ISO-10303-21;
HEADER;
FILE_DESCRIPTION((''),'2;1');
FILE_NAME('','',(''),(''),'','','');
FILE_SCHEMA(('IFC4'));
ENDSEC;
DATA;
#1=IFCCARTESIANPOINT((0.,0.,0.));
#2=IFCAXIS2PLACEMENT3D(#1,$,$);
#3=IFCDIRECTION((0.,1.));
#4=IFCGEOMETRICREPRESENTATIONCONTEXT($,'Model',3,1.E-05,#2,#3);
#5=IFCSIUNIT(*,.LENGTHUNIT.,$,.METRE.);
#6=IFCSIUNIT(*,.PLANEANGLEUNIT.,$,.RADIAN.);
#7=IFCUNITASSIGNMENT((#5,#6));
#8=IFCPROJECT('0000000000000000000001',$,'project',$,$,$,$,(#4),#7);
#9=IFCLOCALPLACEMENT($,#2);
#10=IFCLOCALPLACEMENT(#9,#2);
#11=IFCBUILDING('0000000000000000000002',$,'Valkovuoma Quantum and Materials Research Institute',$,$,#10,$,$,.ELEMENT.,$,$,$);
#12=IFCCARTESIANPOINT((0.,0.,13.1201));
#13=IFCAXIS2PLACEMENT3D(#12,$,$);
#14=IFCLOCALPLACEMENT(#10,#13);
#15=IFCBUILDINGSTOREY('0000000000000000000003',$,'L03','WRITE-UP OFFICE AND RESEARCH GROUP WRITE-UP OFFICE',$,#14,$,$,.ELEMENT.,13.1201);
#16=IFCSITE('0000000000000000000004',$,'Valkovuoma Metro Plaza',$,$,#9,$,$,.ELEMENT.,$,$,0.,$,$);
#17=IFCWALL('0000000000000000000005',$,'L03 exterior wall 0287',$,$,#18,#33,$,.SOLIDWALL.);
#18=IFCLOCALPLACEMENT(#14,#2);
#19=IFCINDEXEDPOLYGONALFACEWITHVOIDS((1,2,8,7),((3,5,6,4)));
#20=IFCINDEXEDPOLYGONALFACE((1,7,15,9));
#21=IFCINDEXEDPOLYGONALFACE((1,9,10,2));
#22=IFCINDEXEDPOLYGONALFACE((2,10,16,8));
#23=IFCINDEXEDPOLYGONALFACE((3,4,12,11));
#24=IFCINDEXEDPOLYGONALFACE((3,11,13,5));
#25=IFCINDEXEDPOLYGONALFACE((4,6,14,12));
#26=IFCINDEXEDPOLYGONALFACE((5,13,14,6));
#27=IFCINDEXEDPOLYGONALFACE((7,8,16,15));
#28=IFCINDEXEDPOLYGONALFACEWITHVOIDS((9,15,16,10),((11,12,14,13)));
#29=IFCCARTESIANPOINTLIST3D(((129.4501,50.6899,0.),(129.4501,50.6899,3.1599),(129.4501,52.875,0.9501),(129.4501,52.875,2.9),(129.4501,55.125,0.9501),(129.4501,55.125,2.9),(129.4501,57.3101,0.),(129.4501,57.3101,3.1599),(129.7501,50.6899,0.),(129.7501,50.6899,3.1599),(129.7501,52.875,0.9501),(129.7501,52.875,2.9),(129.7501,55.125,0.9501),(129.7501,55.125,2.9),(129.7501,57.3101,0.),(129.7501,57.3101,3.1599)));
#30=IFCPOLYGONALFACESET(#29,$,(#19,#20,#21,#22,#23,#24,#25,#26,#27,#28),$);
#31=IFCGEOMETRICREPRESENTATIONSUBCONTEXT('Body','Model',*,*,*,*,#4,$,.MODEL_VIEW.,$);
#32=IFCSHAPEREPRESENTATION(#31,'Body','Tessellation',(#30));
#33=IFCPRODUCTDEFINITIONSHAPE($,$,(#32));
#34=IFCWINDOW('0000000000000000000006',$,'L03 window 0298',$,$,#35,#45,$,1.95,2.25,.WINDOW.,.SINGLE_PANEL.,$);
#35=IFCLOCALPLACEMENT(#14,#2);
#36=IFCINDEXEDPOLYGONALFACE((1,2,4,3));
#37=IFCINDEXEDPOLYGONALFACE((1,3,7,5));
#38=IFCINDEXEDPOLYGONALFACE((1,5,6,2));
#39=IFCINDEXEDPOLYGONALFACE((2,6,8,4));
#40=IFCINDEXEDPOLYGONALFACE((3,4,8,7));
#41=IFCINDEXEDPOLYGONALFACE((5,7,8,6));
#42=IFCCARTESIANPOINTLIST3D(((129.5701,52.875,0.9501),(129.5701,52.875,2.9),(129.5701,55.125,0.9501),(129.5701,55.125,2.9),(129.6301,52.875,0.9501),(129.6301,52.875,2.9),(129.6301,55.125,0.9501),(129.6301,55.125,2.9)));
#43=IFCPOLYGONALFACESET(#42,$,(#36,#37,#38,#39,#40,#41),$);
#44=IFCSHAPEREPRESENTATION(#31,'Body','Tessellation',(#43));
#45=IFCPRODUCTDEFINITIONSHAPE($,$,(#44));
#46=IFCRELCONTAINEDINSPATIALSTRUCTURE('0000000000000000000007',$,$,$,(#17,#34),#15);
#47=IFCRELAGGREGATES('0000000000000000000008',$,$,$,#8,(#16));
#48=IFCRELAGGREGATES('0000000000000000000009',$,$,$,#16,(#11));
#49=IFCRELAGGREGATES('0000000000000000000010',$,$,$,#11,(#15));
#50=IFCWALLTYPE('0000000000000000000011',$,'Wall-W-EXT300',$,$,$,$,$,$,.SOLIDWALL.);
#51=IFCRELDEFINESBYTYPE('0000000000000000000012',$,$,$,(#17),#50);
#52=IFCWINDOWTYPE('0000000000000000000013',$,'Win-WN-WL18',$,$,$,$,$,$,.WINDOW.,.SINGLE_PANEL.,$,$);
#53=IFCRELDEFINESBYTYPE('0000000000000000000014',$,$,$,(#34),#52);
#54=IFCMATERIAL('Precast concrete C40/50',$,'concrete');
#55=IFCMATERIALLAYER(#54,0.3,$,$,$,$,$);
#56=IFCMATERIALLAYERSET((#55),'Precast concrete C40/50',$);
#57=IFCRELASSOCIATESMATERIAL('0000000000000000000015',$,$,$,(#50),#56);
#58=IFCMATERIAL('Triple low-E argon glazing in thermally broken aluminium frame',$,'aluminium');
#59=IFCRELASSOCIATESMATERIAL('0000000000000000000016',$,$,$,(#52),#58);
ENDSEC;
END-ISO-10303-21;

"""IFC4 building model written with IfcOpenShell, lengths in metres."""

from ifc_helpers import new_model, si_unit, direction, frame, frame_2d, origin, place, context, subcontext, project, spatial, rectangle, extrude, material, layer, layer_set, type_object, element, fill, save


model = new_model("IFC4")

# Units and contexts
model_context = context("Model", 3, precision=1e-05, world=origin(), true_north=direction((0.0, 1.0)))
body_context = subcontext(model_context, "Body", "Model", "MODEL_VIEW")
ifc_project = project(units=[si_unit("LENGTHUNIT", "METRE"), si_unit("PLANEANGLEUNIT", "RADIAN")], contexts=[model_context])

# Site, building, storey
site_placement = place(None, origin())
site = spatial("IfcSite", under=ifc_project, at=site_placement, Name="Valkovuoma Metro Plaza", CompositionType="ELEMENT", RefElevation=0.0)
building_placement = place(site_placement, origin())
building = spatial("IfcBuilding", under=site, at=building_placement, Name="Valkovuoma Quantum and Materials Research Institute", CompositionType="ELEMENT")
storey_placement = place(building_placement, frame((0.0, 0.0, 13.1201)))
storey = spatial("IfcBuildingStorey", under=building, at=storey_placement, Name="L03", Description="WRITE-UP OFFICE AND RESEARCH GROUP WRITE-UP OFFICE", CompositionType="ELEMENT", Elevation=13.1201)

# Wall, opening, window
ifc_material_1 = material(Name="Precast concrete C40/50", Category="concrete")
ifc_layer = layer(ifc_material_1, 0.3)
ifc_layer_set = layer_set([ifc_layer], Name="Precast concrete C40/50")
wall_type = type_object("IfcWallType", Name="Wall-W-EXT300", PredefinedType="SOLIDWALL", material=ifc_layer_set)
wall_1_placement = place(storey_placement, frame((129.6001, 50.6899, 0.0), z_axis=(0.0, 0.0, 1.0), x_axis=(0.0, 1.0, 0.0)))
wall_1 = element("IfcWall", 1, at=wall_1_placement, inside=storey, type_object=wall_type, Name="L03 exterior wall 0287", PredefinedType="SOLIDWALL", context=body_context, shape_type="SweptSolid", body=[
    extrude(rectangle(XDim=6.6201, YDim=0.3, at=frame_2d((3.3101, 0.0))), origin(), (0.0, 0.0, 1.0), 3.1599),
])
opening_1_placement = place(wall_1_placement, frame((2.1851, 0.0, 0.95)))
opening_1 = element("IfcOpeningElement", 2, at=opening_1_placement, cuts=wall_1, PredefinedType="OPENING", context=body_context, shape_type="SweptSolid", body=[
    extrude(rectangle(XDim=2.25, YDim=1.95, at=frame_2d((1.125, 0.9751))), frame((0.0, 0.1602, 0.0), z_axis=(0.0, -1.0, 0.0), x_axis=(1.0, 0.0, 0.0)), (0.0, 0.0, 1.0), 0.3201),
])
ifc_material_2 = material(Name="Triple low-E argon glazing in thermally broken aluminium frame", Category="aluminium")
window_type_1 = type_object("IfcWindowType", Name="Win-WN-WL18", PartitioningType="SINGLE_PANEL", PredefinedType="WINDOW", material=ifc_material_2)
window_1_placement = place(opening_1_placement, origin())
window_1 = element("IfcWindow", 3, at=window_1_placement, inside=storey, type_object=window_type_1, Name="L03 window 0298", OverallHeight=1.95, OverallWidth=2.25, PartitioningType="SINGLE_PANEL", PredefinedType="WINDOW", context=body_context, shape_type="SweptSolid", body=[
    extrude(rectangle(XDim=2.25, YDim=1.95, at=frame_2d((1.125, 0.9751))), frame((0.0, 0.03, 0.0), z_axis=(0.0, -1.0, 0.0), x_axis=(1.0, 0.0, 0.0)), (0.0, 0.0, 1.0), 0.0601),
])
fill(opening_1, window_1)

save(model, "model.ifc")
